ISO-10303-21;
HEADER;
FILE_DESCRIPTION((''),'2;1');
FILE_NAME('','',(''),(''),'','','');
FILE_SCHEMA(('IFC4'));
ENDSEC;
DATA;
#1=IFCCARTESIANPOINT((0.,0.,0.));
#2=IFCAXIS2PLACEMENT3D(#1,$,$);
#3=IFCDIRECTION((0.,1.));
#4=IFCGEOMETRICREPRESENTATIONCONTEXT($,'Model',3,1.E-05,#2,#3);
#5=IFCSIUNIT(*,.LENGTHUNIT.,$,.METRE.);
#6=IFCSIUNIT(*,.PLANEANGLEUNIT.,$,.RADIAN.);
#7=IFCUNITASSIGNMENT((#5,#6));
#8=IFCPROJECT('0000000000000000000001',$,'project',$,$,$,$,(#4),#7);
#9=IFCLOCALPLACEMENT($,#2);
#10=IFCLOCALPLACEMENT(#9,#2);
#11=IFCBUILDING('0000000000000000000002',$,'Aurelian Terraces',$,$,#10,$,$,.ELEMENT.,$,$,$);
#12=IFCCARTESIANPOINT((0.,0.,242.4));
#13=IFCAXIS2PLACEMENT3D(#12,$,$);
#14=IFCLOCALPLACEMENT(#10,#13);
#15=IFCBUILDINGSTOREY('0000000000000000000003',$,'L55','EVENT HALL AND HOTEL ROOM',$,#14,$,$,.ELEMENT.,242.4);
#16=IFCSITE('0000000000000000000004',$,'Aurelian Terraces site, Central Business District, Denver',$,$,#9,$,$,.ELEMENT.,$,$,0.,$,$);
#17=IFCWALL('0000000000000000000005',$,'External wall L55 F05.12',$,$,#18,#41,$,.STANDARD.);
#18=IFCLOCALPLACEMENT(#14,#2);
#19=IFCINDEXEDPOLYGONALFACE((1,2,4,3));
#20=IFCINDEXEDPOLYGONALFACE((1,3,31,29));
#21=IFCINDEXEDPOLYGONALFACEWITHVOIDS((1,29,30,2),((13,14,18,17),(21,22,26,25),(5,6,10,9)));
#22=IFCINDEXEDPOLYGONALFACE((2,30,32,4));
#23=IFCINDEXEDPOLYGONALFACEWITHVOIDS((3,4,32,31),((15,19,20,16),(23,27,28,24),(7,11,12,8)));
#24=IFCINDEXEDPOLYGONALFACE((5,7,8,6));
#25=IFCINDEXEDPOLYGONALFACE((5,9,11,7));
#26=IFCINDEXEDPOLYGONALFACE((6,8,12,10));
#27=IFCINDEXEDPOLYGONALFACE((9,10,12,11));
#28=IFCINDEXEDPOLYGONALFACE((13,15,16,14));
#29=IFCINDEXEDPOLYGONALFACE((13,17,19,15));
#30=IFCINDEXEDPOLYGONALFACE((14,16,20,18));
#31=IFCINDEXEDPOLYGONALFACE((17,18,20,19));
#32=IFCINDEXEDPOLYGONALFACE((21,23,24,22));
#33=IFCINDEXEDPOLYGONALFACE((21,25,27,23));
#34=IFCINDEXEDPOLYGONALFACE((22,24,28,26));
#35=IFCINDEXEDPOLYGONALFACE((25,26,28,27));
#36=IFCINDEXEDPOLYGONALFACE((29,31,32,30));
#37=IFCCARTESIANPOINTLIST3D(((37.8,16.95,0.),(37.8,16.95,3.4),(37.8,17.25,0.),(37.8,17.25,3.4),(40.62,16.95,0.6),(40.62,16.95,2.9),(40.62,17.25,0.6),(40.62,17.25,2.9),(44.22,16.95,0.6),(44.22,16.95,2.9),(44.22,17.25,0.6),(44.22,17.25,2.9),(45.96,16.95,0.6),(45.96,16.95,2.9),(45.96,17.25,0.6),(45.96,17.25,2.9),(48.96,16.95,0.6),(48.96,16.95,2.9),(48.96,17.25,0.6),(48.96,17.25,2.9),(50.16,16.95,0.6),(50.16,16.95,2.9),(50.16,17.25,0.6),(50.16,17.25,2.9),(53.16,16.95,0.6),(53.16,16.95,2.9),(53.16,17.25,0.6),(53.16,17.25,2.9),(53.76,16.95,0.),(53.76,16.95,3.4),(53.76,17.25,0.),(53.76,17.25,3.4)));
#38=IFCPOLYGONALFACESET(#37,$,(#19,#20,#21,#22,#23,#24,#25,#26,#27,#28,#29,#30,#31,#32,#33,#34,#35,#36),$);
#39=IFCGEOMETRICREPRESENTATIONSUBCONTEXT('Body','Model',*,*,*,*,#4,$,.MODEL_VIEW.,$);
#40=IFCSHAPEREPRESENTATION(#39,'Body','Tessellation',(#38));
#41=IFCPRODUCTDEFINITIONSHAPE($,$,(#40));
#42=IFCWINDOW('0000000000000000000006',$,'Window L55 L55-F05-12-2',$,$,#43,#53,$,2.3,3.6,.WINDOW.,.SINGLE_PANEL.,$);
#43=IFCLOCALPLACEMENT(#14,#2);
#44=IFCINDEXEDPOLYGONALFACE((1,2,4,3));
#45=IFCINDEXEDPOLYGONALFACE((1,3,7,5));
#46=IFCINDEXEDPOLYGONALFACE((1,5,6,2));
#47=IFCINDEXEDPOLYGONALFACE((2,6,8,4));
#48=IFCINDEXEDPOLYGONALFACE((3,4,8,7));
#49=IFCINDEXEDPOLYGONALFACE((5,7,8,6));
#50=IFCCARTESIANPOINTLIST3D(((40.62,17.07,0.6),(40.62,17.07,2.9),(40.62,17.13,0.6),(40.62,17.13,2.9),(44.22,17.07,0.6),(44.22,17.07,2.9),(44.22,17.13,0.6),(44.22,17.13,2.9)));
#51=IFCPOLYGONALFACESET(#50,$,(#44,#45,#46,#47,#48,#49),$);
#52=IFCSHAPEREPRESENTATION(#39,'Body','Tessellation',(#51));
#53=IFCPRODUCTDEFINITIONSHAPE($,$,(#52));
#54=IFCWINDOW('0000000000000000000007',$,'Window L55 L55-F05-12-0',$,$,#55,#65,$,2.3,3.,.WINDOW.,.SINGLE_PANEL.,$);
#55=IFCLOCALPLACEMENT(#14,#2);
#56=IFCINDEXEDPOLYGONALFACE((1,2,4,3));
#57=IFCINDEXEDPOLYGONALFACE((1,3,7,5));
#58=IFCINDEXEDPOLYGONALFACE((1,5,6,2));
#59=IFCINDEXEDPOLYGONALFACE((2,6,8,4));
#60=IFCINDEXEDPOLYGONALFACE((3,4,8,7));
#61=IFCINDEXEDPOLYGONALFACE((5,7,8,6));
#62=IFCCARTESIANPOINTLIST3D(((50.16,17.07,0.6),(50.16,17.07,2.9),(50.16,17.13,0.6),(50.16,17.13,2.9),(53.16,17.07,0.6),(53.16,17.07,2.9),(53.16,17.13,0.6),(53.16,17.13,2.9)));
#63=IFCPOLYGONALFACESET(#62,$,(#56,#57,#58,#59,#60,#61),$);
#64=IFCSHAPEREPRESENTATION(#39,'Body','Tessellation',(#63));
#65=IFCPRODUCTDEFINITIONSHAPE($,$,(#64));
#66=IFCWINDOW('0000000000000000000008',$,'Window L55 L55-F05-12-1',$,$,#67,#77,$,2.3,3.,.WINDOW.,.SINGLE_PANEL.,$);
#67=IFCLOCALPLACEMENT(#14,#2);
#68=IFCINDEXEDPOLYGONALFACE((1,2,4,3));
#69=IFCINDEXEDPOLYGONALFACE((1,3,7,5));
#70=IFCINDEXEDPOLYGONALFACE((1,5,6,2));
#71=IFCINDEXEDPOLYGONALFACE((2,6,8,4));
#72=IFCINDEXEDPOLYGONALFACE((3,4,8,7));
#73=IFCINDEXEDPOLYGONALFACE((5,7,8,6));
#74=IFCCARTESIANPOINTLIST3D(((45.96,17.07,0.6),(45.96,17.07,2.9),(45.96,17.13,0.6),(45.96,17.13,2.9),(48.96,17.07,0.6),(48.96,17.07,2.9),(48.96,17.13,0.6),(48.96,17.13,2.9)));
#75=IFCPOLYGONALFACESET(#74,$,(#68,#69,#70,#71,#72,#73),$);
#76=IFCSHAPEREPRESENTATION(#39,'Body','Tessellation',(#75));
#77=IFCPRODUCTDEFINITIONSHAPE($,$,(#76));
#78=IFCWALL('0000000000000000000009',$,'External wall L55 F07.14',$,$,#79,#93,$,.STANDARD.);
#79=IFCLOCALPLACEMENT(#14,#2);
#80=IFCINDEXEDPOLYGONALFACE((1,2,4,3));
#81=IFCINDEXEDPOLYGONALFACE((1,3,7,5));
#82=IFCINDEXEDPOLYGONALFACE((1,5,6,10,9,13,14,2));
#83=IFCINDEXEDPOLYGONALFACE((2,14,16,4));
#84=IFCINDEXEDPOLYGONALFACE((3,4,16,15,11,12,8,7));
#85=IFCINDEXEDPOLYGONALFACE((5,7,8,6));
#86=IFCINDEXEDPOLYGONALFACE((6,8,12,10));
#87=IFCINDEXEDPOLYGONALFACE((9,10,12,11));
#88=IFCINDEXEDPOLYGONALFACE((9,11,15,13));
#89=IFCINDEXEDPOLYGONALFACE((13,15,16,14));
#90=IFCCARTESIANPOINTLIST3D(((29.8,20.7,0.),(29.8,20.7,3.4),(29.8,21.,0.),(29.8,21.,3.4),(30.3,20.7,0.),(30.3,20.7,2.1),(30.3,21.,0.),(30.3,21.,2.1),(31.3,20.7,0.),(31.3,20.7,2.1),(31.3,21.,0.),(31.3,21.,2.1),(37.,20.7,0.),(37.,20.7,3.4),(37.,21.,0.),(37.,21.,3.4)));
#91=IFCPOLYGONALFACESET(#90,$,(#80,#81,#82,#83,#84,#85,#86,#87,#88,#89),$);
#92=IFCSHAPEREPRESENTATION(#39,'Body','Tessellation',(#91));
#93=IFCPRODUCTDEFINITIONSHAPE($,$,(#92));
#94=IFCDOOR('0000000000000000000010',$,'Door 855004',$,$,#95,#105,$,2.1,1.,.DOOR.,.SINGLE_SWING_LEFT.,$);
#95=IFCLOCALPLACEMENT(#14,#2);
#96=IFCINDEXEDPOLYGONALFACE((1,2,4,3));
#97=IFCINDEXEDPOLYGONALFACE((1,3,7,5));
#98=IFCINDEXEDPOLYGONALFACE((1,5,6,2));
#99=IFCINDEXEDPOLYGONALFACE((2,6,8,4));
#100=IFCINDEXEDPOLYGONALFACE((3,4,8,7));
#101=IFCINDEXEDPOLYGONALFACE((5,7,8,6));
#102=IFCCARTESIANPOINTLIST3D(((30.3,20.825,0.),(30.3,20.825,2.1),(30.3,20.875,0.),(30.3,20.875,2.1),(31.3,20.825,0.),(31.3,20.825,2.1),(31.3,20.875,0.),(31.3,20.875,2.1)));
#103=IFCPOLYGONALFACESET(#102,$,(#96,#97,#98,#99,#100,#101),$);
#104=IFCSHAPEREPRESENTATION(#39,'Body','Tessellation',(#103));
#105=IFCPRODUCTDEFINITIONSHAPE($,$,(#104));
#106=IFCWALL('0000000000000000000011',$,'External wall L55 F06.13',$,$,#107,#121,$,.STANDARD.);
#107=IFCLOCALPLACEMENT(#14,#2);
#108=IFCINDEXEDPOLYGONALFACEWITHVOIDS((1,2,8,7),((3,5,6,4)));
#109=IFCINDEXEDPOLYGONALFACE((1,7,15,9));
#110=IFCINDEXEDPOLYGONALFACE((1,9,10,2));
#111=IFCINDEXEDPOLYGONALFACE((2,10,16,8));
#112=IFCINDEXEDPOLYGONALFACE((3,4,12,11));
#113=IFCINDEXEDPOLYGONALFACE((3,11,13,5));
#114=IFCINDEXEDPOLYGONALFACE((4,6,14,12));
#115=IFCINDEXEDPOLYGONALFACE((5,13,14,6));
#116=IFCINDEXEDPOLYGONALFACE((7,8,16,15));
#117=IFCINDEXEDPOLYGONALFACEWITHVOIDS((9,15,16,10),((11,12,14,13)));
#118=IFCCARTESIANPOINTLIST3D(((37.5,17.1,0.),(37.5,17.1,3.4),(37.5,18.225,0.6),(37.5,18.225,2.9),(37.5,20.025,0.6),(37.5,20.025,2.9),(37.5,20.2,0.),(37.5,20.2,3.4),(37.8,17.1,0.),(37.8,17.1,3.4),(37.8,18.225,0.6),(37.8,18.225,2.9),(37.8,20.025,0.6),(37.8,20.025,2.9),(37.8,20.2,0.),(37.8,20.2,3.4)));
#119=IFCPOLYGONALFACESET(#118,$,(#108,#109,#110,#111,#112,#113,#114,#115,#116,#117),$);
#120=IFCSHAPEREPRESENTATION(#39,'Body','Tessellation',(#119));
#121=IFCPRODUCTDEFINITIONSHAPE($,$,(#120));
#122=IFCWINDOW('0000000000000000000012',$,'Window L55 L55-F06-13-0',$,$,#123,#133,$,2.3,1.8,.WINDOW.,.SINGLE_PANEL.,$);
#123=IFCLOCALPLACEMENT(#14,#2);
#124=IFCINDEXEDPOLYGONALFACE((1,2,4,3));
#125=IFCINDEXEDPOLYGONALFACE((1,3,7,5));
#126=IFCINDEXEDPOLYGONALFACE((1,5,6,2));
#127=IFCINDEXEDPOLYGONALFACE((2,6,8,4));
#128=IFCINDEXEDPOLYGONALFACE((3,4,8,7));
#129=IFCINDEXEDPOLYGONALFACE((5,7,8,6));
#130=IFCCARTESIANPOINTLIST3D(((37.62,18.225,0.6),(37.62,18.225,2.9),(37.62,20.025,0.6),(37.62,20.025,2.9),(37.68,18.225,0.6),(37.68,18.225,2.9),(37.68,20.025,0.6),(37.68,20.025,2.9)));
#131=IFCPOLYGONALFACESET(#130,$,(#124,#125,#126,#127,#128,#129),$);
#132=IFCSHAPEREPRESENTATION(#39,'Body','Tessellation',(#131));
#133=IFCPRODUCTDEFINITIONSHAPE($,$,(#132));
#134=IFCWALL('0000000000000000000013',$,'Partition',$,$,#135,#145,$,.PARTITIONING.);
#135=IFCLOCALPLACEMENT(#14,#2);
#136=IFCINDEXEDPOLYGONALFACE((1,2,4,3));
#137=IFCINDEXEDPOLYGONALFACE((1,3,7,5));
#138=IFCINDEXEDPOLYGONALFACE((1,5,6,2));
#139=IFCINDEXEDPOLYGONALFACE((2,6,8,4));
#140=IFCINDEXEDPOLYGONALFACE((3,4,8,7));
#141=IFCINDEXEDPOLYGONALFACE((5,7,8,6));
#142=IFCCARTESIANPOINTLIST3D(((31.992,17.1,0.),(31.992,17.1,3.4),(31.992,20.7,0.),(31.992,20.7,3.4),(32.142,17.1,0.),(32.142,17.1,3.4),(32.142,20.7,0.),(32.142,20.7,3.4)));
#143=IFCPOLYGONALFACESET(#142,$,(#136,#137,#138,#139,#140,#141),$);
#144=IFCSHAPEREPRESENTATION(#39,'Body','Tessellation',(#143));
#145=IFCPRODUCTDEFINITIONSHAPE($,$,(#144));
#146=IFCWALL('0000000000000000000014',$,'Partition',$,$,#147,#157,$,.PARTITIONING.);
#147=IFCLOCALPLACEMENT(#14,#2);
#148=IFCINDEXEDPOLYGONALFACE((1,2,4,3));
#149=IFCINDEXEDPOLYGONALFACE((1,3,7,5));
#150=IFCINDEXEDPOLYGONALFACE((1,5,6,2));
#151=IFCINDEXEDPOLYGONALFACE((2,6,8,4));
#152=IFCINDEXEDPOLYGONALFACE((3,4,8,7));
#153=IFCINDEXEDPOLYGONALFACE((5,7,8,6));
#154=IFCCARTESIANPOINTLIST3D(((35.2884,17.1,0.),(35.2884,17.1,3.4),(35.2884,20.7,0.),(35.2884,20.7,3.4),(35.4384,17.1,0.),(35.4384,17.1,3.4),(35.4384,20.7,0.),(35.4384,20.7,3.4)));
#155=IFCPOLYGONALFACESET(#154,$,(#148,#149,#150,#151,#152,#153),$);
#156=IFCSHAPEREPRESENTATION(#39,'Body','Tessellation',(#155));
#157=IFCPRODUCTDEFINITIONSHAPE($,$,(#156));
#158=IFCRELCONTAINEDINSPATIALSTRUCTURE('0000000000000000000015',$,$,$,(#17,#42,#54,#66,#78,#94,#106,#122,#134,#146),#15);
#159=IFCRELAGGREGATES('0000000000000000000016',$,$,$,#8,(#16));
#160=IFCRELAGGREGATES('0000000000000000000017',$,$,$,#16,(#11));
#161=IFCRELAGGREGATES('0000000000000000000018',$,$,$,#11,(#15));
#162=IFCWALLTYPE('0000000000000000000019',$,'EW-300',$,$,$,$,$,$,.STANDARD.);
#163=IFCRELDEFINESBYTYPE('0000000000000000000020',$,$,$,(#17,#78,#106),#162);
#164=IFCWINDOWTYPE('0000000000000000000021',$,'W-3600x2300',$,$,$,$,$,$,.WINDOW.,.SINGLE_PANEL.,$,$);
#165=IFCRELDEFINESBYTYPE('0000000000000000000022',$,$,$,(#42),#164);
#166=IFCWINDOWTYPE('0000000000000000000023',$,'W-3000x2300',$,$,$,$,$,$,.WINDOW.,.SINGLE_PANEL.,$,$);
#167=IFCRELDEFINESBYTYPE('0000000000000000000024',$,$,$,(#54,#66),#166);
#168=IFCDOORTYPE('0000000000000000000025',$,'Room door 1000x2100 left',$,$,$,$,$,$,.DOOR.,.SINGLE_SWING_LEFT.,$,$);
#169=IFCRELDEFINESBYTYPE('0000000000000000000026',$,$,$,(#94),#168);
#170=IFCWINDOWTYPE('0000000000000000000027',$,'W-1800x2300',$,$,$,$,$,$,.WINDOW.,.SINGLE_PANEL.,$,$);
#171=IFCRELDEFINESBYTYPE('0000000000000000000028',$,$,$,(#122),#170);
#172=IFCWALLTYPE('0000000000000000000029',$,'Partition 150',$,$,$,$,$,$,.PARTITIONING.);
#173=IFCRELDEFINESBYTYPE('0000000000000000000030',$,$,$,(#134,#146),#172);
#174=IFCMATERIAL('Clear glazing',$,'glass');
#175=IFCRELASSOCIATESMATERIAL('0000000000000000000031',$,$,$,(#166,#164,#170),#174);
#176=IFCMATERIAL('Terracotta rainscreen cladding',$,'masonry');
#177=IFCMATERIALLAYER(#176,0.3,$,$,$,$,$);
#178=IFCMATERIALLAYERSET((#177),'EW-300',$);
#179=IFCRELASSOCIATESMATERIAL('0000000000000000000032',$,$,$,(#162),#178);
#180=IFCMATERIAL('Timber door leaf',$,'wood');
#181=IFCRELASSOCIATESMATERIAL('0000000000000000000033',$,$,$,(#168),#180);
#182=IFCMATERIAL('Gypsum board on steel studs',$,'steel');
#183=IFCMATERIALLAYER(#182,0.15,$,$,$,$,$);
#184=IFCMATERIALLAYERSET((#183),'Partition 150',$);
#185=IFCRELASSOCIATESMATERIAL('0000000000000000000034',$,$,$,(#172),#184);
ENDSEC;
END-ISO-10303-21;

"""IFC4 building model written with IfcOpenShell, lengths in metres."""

from ifc_helpers import new_model, si_unit, direction, frame, frame_2d, origin, place, context, subcontext, project, spatial, rectangle, extrude, source, transform, mapped, material, layer, layer_set, type_object, element, fill, save


model = new_model("IFC4")

# Units and contexts
model_context = context("Model", 3, precision=1e-05, world=origin(), true_north=direction((0.0, 1.0)))
body_context = subcontext(model_context, "Body", "Model", "MODEL_VIEW")
ifc_project = project(units=[si_unit("LENGTHUNIT", "METRE"), si_unit("PLANEANGLEUNIT", "RADIAN")], contexts=[model_context])

# Site, building, storey
site_placement = place(None, origin())
site = spatial("IfcSite", under=ifc_project, at=site_placement, Name="Aurelian Terraces site, Central Business District, Denver", CompositionType="ELEMENT", RefElevation=0.0)
building_placement = place(site_placement, origin())
building = spatial("IfcBuilding", under=site, at=building_placement, Name="Aurelian Terraces", CompositionType="ELEMENT")
storey_placement = place(building_placement, frame((0.0, 0.0, 242.4)))
storey = spatial("IfcBuildingStorey", under=building, at=storey_placement, Name="L55", Description="EVENT HALL AND HOTEL ROOM", CompositionType="ELEMENT", Elevation=242.4)

# Shared definitions
ifc_material_1 = material(Name="Clear glazing", Category="glass")
shared_shape_1 = source(origin(), body_context, "Body", "SweptSolid", [
    extrude(rectangle(XDim=3.0, YDim=2.3, at=frame_2d((1.5, 1.15))), frame((0.0, 0.16, 0.0), z_axis=(0.0, -1.0, 0.0), x_axis=(1.0, 0.0, 0.0)), (0.0, 0.0, 1.0), 0.32),
])
window_type_1 = type_object("IfcWindowType", Name="W-3000x2300", PartitioningType="SINGLE_PANEL", PredefinedType="WINDOW", material=ifc_material_1)
shared_shape_2 = source(origin(), body_context, "Body", "SweptSolid", [
    extrude(rectangle(XDim=3.0, YDim=2.3, at=frame_2d((1.5, 1.15))), frame((0.0, 0.03, 0.0), z_axis=(0.0, -1.0, 0.0), x_axis=(1.0, 0.0, 0.0)), (0.0, 0.0, 1.0), 0.06),
])

# Wall, openings, windows
ifc_material_2 = material(Name="Terracotta rainscreen cladding", Category="masonry")
ifc_layer_1 = layer(ifc_material_2, 0.3)
ifc_layer_set_1 = layer_set([ifc_layer_1], Name="EW-300")
wall_type_1 = type_object("IfcWallType", Name="EW-300", PredefinedType="STANDARD", material=ifc_layer_set_1)
shared_shape_3 = source(origin(), body_context, "Body", "SweptSolid", [
    extrude(rectangle(XDim=15.96, YDim=0.3, at=frame_2d((7.98, 0.0))), origin(), (0.0, 0.0, 1.0), 3.4),
])
wall_1_placement = place(storey_placement, frame((53.76, 17.1, 0.0), z_axis=(0.0, 0.0, 1.0), x_axis=(-1.0, 0.0, 0.0)))
wall_1 = element("IfcWall", 1, at=wall_1_placement, inside=storey, type_object=wall_type_1, Name="External wall L55 F05.12", PredefinedType="STANDARD", context=body_context, shape_type="MappedRepresentation", body=[
    mapped(shared_shape_3, transform((0.0, 0.0, 0.0), scale=1.0)),
])
opening_1_placement = place(wall_1_placement, frame((0.6, 0.0, 0.6)))
opening_1 = element("IfcOpeningElement", 2, at=opening_1_placement, cuts=wall_1, PredefinedType="OPENING", context=body_context, shape_type="MappedRepresentation", body=[
    mapped(shared_shape_1, transform((0.0, 0.0, 0.0), scale=1.0)),
])
opening_2_placement = place(wall_1_placement, frame((4.8, 0.0, 0.6)))
opening_2 = element("IfcOpeningElement", 3, at=opening_2_placement, cuts=wall_1, PredefinedType="OPENING", context=body_context, shape_type="MappedRepresentation", body=[
    mapped(shared_shape_1, transform((0.0, 0.0, 0.0), scale=1.0)),
])
shared_shape_4 = source(origin(), body_context, "Body", "SweptSolid", [
    extrude(rectangle(XDim=3.6, YDim=2.3, at=frame_2d((1.8, 1.15))), frame((0.0, 0.16, 0.0), z_axis=(0.0, -1.0, 0.0), x_axis=(1.0, 0.0, 0.0)), (0.0, 0.0, 1.0), 0.32),
])
opening_3_placement = place(wall_1_placement, frame((9.54, 0.0, 0.6)))
opening_3 = element("IfcOpeningElement", 4, at=opening_3_placement, cuts=wall_1, PredefinedType="OPENING", context=body_context, shape_type="MappedRepresentation", body=[
    mapped(shared_shape_4, transform((0.0, 0.0, 0.0), scale=1.0)),
])
window_type_2 = type_object("IfcWindowType", Name="W-3600x2300", PartitioningType="SINGLE_PANEL", PredefinedType="WINDOW", material=ifc_material_1)
shared_shape_5 = source(origin(), body_context, "Body", "SweptSolid", [
    extrude(rectangle(XDim=3.6, YDim=2.3, at=frame_2d((1.8, 1.15))), frame((0.0, 0.03, 0.0), z_axis=(0.0, -1.0, 0.0), x_axis=(1.0, 0.0, 0.0)), (0.0, 0.0, 1.0), 0.06),
])
window_1_placement = place(opening_3_placement, origin())
window_1 = element("IfcWindow", 5, at=window_1_placement, inside=storey, type_object=window_type_2, Name="Window L55 L55-F05-12-2", OverallHeight=2.3, OverallWidth=3.6, PartitioningType="SINGLE_PANEL", PredefinedType="WINDOW", context=body_context, shape_type="MappedRepresentation", body=[
    mapped(shared_shape_5, transform((0.0, 0.0, 0.0), scale=1.0)),
])
fill(opening_3, window_1)
window_2_placement = place(opening_1_placement, origin())
window_2 = element("IfcWindow", 6, at=window_2_placement, inside=storey, type_object=window_type_1, Name="Window L55 L55-F05-12-0", OverallHeight=2.3, OverallWidth=3.0, PartitioningType="SINGLE_PANEL", PredefinedType="WINDOW", context=body_context, shape_type="MappedRepresentation", body=[
    mapped(shared_shape_2, transform((0.0, 0.0, 0.0), scale=1.0)),
])
fill(opening_1, window_2)
window_3_placement = place(opening_2_placement, origin())
window_3 = element("IfcWindow", 7, at=window_3_placement, inside=storey, type_object=window_type_1, Name="Window L55 L55-F05-12-1", OverallHeight=2.3, OverallWidth=3.0, PartitioningType="SINGLE_PANEL", PredefinedType="WINDOW", context=body_context, shape_type="MappedRepresentation", body=[
    mapped(shared_shape_2, transform((0.0, 0.0, 0.0), scale=1.0)),
])
fill(opening_2, window_3)

# Wall, opening, door
shared_shape_6 = source(origin(), body_context, "Body", "SweptSolid", [
    extrude(rectangle(XDim=7.2, YDim=0.3, at=frame_2d((3.6, 0.0))), origin(), (0.0, 0.0, 1.0), 3.4),
])
wall_2_placement = place(storey_placement, frame((37.0, 20.85, 0.0), z_axis=(0.0, 0.0, 1.0), x_axis=(-1.0, 0.0, 0.0)))
wall_2 = element("IfcWall", 8, at=wall_2_placement, inside=storey, type_object=wall_type_1, Name="External wall L55 F07.14", PredefinedType="STANDARD", context=body_context, shape_type="MappedRepresentation", body=[
    mapped(shared_shape_6, transform((0.0, 0.0, 0.0), scale=1.0)),
])
shared_shape_7 = source(origin(), body_context, "Body", "SweptSolid", [
    extrude(rectangle(XDim=1.0, YDim=2.1, at=frame_2d((0.5, 1.05))), frame((0.0, 0.16, 0.0), z_axis=(0.0, -1.0, 0.0), x_axis=(1.0, 0.0, 0.0)), (0.0, 0.0, 1.0), 0.32),
])
opening_4_placement = place(wall_2_placement, frame((5.7, 0.0, 0.0)))
opening_4 = element("IfcOpeningElement", 9, at=opening_4_placement, cuts=wall_2, PredefinedType="OPENING", context=body_context, shape_type="MappedRepresentation", body=[
    mapped(shared_shape_7, transform((0.0, 0.0, 0.0), scale=1.0)),
])
ifc_material_3 = material(Name="Timber door leaf", Category="wood")
door_type_1 = type_object("IfcDoorType", Name="Room door 1000x2100 left", OperationType="SINGLE_SWING_LEFT", PredefinedType="DOOR", material=ifc_material_3)
shared_shape_8 = source(origin(), body_context, "Body", "SweptSolid", [
    extrude(rectangle(XDim=1.0, YDim=2.1, at=frame_2d((0.5, 1.05))), frame((0.0, 0.025, 0.0), z_axis=(0.0, -1.0, 0.0), x_axis=(1.0, 0.0, 0.0)), (0.0, 0.0, 1.0), 0.05),
])
door_1_placement = place(opening_4_placement, origin())
door_1 = element("IfcDoor", 10, at=door_1_placement, inside=storey, type_object=door_type_1, Name="Door 855004", OperationType="SINGLE_SWING_LEFT", OverallHeight=2.1, OverallWidth=1.0, PredefinedType="DOOR", context=body_context, shape_type="MappedRepresentation", body=[
    mapped(shared_shape_8, transform((0.0, 0.0, 0.0), scale=1.0)),
])
fill(opening_4, door_1)

# Wall, opening, window
shared_shape_9 = source(origin(), body_context, "Body", "SweptSolid", [
    extrude(rectangle(XDim=3.1, YDim=0.3, at=frame_2d((1.55, 0.0))), origin(), (0.0, 0.0, 1.0), 3.4),
])
wall_3_placement = place(storey_placement, frame((37.65, 17.1, 0.0), z_axis=(0.0, 0.0, 1.0), x_axis=(0.0, 1.0, 0.0)))
wall_3 = element("IfcWall", 11, at=wall_3_placement, inside=storey, type_object=wall_type_1, Name="External wall L55 F06.13", PredefinedType="STANDARD", context=body_context, shape_type="MappedRepresentation", body=[
    mapped(shared_shape_9, transform((0.0, 0.0, 0.0), scale=1.0)),
])
shared_shape_10 = source(origin(), body_context, "Body", "SweptSolid", [
    extrude(rectangle(XDim=1.8, YDim=2.3, at=frame_2d((0.9, 1.15))), frame((0.0, 0.16, 0.0), z_axis=(0.0, -1.0, 0.0), x_axis=(1.0, 0.0, 0.0)), (0.0, 0.0, 1.0), 0.32),
])
opening_5_placement = place(wall_3_placement, frame((1.125, 0.0, 0.6)))
opening_5 = element("IfcOpeningElement", 12, at=opening_5_placement, cuts=wall_3, PredefinedType="OPENING", context=body_context, shape_type="MappedRepresentation", body=[
    mapped(shared_shape_10, transform((0.0, 0.0, 0.0), scale=1.0)),
])
window_type_3 = type_object("IfcWindowType", Name="W-1800x2300", PartitioningType="SINGLE_PANEL", PredefinedType="WINDOW", material=ifc_material_1)
shared_shape_11 = source(origin(), body_context, "Body", "SweptSolid", [
    extrude(rectangle(XDim=1.8, YDim=2.3, at=frame_2d((0.9, 1.15))), frame((0.0, 0.03, 0.0), z_axis=(0.0, -1.0, 0.0), x_axis=(1.0, 0.0, 0.0)), (0.0, 0.0, 1.0), 0.06),
])
window_4_placement = place(opening_5_placement, origin())
window_4 = element("IfcWindow", 13, at=window_4_placement, inside=storey, type_object=window_type_3, Name="Window L55 L55-F06-13-0", OverallHeight=2.3, OverallWidth=1.8, PartitioningType="SINGLE_PANEL", PredefinedType="WINDOW", context=body_context, shape_type="MappedRepresentation", body=[
    mapped(shared_shape_11, transform((0.0, 0.0, 0.0), scale=1.0)),
])
fill(opening_5, window_4)

# Walls
ifc_material_4 = material(Name="Gypsum board on steel studs", Category="steel")
ifc_layer_2 = layer(ifc_material_4, 0.15)
ifc_layer_set_2 = layer_set([ifc_layer_2], Name="Partition 150")
wall_type_2 = type_object("IfcWallType", Name="Partition 150", PredefinedType="PARTITIONING", material=ifc_layer_set_2)
shared_shape_12 = source(origin(), body_context, "Body", "SweptSolid", [
    extrude(rectangle(XDim=3.6, YDim=0.15, at=frame_2d((1.8, 0.0))), origin(), (0.0, 0.0, 1.0), 3.4),
])
for number, where, z_axis, x_axis, name in (
    (14, (32.067, 20.7, 0.0), (0.0, 0.0, 1.0), (0.0, -1.0, 0.0), "Partition"),
    (15, (35.3634, 20.7, 0.0), (0.0, 0.0, 1.0), (0.0, -1.0, 0.0), "Partition"),
):
    element("IfcWall", number, at=place(storey_placement, frame(where, z_axis=z_axis, x_axis=x_axis)), inside=storey, type_object=wall_type_2, Name=name, PredefinedType="PARTITIONING", context=body_context, shape_type="MappedRepresentation", body=[
        mapped(shared_shape_12, transform((0.0, 0.0, 0.0), scale=1.0)),
    ])

save(model, "model.ifc")
